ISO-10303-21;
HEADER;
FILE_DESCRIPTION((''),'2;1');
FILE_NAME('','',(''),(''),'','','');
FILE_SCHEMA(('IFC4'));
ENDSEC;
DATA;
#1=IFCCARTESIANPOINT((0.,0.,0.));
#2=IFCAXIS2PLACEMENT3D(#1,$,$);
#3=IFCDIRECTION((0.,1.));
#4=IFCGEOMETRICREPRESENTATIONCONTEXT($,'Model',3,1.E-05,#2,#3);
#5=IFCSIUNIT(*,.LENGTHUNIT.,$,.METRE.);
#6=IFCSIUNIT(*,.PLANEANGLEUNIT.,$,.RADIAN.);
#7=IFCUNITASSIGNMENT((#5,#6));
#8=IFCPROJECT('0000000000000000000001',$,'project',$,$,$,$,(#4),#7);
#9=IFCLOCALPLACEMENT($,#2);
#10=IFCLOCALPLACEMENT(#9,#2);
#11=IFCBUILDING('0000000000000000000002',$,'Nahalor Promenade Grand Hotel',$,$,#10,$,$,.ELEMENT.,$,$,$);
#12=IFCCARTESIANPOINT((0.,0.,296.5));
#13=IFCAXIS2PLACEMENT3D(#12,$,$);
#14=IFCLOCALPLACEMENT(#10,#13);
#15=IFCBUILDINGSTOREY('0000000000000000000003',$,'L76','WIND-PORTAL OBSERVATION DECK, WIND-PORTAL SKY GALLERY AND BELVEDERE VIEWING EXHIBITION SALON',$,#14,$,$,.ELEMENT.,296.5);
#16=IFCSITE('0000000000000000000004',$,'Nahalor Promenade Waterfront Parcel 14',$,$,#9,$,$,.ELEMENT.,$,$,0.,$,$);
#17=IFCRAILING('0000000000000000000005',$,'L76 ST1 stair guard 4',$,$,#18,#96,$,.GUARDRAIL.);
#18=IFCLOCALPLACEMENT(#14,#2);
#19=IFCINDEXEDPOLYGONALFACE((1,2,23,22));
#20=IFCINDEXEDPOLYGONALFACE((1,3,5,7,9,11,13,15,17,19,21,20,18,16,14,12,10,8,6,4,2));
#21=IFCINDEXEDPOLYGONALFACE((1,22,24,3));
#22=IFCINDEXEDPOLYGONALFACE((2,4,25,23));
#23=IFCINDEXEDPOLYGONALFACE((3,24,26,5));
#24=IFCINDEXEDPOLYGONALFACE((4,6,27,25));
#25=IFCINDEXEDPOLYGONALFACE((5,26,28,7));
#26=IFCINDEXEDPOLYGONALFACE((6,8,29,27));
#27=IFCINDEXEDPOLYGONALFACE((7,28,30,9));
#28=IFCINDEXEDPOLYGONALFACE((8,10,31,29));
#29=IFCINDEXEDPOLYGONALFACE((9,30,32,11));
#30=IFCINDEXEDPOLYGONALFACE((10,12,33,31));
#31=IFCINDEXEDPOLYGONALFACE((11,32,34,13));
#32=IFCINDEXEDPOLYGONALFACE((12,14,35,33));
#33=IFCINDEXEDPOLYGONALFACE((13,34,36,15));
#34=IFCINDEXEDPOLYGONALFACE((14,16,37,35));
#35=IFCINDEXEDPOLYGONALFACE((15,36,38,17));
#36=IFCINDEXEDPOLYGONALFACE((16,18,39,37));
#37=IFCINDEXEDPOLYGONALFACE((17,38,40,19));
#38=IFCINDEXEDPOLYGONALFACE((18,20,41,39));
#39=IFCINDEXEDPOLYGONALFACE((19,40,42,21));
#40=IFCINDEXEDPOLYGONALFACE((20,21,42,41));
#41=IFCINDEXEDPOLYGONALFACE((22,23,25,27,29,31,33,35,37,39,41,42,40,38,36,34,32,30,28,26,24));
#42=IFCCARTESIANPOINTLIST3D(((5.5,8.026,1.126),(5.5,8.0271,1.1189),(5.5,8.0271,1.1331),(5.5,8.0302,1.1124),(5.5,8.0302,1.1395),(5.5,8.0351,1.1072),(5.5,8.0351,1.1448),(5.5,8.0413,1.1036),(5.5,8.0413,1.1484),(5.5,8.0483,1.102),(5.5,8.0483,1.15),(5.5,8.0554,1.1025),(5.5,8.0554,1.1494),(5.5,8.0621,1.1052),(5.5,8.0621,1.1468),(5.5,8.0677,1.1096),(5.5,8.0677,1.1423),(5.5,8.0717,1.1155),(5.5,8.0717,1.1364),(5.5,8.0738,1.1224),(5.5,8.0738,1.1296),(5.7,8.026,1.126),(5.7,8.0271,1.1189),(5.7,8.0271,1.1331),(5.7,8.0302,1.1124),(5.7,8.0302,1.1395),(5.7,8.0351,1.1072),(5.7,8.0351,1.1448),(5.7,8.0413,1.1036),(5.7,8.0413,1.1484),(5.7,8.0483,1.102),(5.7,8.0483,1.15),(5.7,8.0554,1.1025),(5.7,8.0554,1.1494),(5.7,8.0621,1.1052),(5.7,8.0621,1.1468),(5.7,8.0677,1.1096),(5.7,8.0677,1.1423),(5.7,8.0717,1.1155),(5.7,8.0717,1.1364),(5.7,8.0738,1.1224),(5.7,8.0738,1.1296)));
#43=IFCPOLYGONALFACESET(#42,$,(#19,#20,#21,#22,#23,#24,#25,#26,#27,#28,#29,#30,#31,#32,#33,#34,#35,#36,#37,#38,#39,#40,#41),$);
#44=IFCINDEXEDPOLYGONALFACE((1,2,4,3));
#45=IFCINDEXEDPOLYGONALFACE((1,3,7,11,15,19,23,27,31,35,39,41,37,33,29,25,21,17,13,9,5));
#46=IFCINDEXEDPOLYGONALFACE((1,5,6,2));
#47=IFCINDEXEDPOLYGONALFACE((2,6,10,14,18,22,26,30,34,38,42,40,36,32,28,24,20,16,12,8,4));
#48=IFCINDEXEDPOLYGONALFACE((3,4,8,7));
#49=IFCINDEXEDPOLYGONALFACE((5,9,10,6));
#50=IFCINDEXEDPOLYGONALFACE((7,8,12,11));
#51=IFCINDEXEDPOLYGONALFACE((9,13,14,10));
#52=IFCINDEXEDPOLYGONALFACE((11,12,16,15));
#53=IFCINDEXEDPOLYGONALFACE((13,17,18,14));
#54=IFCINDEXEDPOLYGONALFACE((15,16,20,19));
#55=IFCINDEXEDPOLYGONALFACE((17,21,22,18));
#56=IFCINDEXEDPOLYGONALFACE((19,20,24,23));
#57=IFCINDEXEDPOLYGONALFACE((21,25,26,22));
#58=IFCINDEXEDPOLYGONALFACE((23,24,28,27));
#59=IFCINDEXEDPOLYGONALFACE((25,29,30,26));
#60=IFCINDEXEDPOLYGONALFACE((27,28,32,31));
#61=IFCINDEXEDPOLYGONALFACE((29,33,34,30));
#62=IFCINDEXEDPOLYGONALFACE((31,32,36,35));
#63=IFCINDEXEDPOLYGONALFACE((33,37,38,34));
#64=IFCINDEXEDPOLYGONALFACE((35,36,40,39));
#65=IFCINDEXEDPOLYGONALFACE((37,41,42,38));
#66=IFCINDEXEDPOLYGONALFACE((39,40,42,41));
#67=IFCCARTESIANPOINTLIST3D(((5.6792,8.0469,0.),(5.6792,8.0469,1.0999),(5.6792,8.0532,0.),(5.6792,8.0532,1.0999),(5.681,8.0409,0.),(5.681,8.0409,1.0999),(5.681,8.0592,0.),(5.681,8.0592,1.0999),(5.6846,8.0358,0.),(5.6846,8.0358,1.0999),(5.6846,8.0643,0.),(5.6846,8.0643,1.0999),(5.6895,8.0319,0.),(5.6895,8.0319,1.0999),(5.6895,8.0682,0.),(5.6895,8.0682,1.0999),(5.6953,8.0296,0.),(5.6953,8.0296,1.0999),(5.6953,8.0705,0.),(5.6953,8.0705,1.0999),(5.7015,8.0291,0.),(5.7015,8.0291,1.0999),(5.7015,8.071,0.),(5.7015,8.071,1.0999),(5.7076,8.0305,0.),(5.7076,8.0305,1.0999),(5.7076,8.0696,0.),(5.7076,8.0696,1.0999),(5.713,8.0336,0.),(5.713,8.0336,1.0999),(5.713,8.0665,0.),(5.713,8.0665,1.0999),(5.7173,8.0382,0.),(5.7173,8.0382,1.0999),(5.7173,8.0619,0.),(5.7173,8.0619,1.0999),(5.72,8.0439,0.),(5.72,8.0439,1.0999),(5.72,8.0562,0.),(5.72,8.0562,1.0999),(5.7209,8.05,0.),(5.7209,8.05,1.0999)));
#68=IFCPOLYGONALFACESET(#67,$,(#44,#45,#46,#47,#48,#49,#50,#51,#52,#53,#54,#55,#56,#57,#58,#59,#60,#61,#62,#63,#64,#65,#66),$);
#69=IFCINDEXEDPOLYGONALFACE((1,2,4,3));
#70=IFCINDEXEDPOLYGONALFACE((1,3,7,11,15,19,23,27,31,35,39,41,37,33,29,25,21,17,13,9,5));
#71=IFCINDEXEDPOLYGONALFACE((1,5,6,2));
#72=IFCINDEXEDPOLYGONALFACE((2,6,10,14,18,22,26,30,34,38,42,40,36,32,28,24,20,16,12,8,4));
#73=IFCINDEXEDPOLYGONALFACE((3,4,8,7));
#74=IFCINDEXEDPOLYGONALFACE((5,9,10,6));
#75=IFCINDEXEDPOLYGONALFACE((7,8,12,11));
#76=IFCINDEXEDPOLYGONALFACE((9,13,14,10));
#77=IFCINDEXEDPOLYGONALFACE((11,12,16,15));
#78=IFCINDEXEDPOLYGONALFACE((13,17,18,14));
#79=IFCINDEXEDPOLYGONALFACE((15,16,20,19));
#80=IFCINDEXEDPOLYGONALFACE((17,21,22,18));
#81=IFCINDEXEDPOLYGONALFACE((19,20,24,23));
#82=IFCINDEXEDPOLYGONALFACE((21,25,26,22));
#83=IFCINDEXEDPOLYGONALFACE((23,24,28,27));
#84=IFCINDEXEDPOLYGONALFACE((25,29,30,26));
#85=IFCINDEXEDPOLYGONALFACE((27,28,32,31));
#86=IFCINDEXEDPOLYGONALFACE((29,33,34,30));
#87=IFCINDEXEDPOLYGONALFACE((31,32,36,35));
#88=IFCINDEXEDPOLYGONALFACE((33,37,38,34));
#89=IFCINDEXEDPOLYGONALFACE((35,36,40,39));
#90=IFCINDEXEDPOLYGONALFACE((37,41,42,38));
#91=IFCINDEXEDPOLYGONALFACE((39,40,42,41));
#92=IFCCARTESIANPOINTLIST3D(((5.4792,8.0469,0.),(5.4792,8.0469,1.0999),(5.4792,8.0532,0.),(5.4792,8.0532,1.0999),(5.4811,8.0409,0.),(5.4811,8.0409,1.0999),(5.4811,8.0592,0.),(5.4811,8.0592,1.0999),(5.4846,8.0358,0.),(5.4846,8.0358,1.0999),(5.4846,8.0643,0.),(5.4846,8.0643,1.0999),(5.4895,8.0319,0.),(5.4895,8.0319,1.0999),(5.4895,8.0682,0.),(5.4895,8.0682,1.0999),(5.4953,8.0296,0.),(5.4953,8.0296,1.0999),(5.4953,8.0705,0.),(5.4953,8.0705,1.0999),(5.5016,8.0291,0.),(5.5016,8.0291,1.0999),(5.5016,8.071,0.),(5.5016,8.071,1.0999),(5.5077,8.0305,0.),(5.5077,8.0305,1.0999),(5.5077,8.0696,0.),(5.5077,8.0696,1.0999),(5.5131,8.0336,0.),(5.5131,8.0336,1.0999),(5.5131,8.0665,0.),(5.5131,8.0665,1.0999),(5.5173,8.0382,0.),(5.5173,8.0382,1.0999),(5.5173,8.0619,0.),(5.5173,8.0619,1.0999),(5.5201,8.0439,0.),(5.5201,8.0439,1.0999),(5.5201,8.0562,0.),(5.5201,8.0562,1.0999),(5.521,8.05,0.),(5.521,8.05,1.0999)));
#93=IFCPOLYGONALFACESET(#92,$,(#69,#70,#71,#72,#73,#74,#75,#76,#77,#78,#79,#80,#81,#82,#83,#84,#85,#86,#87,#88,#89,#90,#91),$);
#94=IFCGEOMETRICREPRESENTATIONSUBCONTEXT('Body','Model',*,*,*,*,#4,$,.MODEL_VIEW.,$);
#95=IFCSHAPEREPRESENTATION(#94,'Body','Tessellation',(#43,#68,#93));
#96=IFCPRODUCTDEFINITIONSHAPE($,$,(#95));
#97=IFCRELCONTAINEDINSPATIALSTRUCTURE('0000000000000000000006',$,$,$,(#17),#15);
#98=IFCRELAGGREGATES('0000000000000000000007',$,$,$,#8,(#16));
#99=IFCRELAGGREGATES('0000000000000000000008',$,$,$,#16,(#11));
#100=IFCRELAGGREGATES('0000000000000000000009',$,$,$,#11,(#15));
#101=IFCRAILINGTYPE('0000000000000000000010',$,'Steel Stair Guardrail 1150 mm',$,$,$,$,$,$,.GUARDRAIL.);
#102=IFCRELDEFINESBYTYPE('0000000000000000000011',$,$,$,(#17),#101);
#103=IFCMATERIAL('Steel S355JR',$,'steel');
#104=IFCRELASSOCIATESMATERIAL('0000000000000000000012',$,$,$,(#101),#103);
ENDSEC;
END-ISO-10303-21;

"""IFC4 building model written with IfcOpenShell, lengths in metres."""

from ifc_helpers import new_model, si_unit, direction, frame, origin, origin_2d, place, context, subcontext, project, spatial, circle, extrude, material, type_object, element, save


model = new_model("IFC4")

# Units and contexts
model_context = context("Model", 3, precision=1e-05, world=origin(), true_north=direction((0.0, 1.0)))
body_context = subcontext(model_context, "Body", "Model", "MODEL_VIEW")
ifc_project = project(units=[si_unit("LENGTHUNIT", "METRE"), si_unit("PLANEANGLEUNIT", "RADIAN")], contexts=[model_context])

# Site, building, storey
site_placement = place(None, origin())
site = spatial("IfcSite", under=ifc_project, at=site_placement, Name="Nahalor Promenade Waterfront Parcel 14", CompositionType="ELEMENT", RefElevation=0.0)
building_placement = place(site_placement, origin())
building = spatial("IfcBuilding", under=site, at=building_placement, Name="Nahalor Promenade Grand Hotel", CompositionType="ELEMENT")
storey_placement = place(building_placement, frame((0.0, 0.0, 296.5)))
storey = spatial("IfcBuildingStorey", under=building, at=storey_placement, Name="L76", Description="WIND-PORTAL OBSERVATION DECK, WIND-PORTAL SKY GALLERY AND BELVEDERE VIEWING EXHIBITION SALON", CompositionType="ELEMENT", Elevation=296.5)

# Shared definitions
ifc_material_1 = material(Name="Steel S355JR", Category="steel")

# Railing
railing_type_1 = type_object("IfcRailingType", Name="Steel Stair Guardrail 1150 mm", PredefinedType="GUARDRAIL", material=ifc_material_1)
railing_1_placement = place(storey_placement, frame((5.7, 8.05, 0.0)))
element("IfcRailing", 1, at=railing_1_placement, inside=storey, type_object=railing_type_1, Name="L76 ST1 stair guard 4", PredefinedType="GUARDRAIL", context=body_context, shape_type="SweptSolid", body=[
    extrude(circle(Radius=0.024, at=origin_2d()), frame((0.0, 0.0, 1.126), z_axis=(-1.0, 0.0, 0.0), x_axis=(0.0, -1.0, 0.0)), (0.0, 0.0, 1.0), 0.2),
    extrude(circle(Radius=0.021, at=origin_2d()), origin(), (0.0, 0.0, 1.0), 1.0999),
    extrude(circle(Radius=0.021, at=origin_2d()), frame((-0.2, 0.0, 0.0)), (0.0, 0.0, 1.0), 1.0999),
])

save(model, "model.ifc")
